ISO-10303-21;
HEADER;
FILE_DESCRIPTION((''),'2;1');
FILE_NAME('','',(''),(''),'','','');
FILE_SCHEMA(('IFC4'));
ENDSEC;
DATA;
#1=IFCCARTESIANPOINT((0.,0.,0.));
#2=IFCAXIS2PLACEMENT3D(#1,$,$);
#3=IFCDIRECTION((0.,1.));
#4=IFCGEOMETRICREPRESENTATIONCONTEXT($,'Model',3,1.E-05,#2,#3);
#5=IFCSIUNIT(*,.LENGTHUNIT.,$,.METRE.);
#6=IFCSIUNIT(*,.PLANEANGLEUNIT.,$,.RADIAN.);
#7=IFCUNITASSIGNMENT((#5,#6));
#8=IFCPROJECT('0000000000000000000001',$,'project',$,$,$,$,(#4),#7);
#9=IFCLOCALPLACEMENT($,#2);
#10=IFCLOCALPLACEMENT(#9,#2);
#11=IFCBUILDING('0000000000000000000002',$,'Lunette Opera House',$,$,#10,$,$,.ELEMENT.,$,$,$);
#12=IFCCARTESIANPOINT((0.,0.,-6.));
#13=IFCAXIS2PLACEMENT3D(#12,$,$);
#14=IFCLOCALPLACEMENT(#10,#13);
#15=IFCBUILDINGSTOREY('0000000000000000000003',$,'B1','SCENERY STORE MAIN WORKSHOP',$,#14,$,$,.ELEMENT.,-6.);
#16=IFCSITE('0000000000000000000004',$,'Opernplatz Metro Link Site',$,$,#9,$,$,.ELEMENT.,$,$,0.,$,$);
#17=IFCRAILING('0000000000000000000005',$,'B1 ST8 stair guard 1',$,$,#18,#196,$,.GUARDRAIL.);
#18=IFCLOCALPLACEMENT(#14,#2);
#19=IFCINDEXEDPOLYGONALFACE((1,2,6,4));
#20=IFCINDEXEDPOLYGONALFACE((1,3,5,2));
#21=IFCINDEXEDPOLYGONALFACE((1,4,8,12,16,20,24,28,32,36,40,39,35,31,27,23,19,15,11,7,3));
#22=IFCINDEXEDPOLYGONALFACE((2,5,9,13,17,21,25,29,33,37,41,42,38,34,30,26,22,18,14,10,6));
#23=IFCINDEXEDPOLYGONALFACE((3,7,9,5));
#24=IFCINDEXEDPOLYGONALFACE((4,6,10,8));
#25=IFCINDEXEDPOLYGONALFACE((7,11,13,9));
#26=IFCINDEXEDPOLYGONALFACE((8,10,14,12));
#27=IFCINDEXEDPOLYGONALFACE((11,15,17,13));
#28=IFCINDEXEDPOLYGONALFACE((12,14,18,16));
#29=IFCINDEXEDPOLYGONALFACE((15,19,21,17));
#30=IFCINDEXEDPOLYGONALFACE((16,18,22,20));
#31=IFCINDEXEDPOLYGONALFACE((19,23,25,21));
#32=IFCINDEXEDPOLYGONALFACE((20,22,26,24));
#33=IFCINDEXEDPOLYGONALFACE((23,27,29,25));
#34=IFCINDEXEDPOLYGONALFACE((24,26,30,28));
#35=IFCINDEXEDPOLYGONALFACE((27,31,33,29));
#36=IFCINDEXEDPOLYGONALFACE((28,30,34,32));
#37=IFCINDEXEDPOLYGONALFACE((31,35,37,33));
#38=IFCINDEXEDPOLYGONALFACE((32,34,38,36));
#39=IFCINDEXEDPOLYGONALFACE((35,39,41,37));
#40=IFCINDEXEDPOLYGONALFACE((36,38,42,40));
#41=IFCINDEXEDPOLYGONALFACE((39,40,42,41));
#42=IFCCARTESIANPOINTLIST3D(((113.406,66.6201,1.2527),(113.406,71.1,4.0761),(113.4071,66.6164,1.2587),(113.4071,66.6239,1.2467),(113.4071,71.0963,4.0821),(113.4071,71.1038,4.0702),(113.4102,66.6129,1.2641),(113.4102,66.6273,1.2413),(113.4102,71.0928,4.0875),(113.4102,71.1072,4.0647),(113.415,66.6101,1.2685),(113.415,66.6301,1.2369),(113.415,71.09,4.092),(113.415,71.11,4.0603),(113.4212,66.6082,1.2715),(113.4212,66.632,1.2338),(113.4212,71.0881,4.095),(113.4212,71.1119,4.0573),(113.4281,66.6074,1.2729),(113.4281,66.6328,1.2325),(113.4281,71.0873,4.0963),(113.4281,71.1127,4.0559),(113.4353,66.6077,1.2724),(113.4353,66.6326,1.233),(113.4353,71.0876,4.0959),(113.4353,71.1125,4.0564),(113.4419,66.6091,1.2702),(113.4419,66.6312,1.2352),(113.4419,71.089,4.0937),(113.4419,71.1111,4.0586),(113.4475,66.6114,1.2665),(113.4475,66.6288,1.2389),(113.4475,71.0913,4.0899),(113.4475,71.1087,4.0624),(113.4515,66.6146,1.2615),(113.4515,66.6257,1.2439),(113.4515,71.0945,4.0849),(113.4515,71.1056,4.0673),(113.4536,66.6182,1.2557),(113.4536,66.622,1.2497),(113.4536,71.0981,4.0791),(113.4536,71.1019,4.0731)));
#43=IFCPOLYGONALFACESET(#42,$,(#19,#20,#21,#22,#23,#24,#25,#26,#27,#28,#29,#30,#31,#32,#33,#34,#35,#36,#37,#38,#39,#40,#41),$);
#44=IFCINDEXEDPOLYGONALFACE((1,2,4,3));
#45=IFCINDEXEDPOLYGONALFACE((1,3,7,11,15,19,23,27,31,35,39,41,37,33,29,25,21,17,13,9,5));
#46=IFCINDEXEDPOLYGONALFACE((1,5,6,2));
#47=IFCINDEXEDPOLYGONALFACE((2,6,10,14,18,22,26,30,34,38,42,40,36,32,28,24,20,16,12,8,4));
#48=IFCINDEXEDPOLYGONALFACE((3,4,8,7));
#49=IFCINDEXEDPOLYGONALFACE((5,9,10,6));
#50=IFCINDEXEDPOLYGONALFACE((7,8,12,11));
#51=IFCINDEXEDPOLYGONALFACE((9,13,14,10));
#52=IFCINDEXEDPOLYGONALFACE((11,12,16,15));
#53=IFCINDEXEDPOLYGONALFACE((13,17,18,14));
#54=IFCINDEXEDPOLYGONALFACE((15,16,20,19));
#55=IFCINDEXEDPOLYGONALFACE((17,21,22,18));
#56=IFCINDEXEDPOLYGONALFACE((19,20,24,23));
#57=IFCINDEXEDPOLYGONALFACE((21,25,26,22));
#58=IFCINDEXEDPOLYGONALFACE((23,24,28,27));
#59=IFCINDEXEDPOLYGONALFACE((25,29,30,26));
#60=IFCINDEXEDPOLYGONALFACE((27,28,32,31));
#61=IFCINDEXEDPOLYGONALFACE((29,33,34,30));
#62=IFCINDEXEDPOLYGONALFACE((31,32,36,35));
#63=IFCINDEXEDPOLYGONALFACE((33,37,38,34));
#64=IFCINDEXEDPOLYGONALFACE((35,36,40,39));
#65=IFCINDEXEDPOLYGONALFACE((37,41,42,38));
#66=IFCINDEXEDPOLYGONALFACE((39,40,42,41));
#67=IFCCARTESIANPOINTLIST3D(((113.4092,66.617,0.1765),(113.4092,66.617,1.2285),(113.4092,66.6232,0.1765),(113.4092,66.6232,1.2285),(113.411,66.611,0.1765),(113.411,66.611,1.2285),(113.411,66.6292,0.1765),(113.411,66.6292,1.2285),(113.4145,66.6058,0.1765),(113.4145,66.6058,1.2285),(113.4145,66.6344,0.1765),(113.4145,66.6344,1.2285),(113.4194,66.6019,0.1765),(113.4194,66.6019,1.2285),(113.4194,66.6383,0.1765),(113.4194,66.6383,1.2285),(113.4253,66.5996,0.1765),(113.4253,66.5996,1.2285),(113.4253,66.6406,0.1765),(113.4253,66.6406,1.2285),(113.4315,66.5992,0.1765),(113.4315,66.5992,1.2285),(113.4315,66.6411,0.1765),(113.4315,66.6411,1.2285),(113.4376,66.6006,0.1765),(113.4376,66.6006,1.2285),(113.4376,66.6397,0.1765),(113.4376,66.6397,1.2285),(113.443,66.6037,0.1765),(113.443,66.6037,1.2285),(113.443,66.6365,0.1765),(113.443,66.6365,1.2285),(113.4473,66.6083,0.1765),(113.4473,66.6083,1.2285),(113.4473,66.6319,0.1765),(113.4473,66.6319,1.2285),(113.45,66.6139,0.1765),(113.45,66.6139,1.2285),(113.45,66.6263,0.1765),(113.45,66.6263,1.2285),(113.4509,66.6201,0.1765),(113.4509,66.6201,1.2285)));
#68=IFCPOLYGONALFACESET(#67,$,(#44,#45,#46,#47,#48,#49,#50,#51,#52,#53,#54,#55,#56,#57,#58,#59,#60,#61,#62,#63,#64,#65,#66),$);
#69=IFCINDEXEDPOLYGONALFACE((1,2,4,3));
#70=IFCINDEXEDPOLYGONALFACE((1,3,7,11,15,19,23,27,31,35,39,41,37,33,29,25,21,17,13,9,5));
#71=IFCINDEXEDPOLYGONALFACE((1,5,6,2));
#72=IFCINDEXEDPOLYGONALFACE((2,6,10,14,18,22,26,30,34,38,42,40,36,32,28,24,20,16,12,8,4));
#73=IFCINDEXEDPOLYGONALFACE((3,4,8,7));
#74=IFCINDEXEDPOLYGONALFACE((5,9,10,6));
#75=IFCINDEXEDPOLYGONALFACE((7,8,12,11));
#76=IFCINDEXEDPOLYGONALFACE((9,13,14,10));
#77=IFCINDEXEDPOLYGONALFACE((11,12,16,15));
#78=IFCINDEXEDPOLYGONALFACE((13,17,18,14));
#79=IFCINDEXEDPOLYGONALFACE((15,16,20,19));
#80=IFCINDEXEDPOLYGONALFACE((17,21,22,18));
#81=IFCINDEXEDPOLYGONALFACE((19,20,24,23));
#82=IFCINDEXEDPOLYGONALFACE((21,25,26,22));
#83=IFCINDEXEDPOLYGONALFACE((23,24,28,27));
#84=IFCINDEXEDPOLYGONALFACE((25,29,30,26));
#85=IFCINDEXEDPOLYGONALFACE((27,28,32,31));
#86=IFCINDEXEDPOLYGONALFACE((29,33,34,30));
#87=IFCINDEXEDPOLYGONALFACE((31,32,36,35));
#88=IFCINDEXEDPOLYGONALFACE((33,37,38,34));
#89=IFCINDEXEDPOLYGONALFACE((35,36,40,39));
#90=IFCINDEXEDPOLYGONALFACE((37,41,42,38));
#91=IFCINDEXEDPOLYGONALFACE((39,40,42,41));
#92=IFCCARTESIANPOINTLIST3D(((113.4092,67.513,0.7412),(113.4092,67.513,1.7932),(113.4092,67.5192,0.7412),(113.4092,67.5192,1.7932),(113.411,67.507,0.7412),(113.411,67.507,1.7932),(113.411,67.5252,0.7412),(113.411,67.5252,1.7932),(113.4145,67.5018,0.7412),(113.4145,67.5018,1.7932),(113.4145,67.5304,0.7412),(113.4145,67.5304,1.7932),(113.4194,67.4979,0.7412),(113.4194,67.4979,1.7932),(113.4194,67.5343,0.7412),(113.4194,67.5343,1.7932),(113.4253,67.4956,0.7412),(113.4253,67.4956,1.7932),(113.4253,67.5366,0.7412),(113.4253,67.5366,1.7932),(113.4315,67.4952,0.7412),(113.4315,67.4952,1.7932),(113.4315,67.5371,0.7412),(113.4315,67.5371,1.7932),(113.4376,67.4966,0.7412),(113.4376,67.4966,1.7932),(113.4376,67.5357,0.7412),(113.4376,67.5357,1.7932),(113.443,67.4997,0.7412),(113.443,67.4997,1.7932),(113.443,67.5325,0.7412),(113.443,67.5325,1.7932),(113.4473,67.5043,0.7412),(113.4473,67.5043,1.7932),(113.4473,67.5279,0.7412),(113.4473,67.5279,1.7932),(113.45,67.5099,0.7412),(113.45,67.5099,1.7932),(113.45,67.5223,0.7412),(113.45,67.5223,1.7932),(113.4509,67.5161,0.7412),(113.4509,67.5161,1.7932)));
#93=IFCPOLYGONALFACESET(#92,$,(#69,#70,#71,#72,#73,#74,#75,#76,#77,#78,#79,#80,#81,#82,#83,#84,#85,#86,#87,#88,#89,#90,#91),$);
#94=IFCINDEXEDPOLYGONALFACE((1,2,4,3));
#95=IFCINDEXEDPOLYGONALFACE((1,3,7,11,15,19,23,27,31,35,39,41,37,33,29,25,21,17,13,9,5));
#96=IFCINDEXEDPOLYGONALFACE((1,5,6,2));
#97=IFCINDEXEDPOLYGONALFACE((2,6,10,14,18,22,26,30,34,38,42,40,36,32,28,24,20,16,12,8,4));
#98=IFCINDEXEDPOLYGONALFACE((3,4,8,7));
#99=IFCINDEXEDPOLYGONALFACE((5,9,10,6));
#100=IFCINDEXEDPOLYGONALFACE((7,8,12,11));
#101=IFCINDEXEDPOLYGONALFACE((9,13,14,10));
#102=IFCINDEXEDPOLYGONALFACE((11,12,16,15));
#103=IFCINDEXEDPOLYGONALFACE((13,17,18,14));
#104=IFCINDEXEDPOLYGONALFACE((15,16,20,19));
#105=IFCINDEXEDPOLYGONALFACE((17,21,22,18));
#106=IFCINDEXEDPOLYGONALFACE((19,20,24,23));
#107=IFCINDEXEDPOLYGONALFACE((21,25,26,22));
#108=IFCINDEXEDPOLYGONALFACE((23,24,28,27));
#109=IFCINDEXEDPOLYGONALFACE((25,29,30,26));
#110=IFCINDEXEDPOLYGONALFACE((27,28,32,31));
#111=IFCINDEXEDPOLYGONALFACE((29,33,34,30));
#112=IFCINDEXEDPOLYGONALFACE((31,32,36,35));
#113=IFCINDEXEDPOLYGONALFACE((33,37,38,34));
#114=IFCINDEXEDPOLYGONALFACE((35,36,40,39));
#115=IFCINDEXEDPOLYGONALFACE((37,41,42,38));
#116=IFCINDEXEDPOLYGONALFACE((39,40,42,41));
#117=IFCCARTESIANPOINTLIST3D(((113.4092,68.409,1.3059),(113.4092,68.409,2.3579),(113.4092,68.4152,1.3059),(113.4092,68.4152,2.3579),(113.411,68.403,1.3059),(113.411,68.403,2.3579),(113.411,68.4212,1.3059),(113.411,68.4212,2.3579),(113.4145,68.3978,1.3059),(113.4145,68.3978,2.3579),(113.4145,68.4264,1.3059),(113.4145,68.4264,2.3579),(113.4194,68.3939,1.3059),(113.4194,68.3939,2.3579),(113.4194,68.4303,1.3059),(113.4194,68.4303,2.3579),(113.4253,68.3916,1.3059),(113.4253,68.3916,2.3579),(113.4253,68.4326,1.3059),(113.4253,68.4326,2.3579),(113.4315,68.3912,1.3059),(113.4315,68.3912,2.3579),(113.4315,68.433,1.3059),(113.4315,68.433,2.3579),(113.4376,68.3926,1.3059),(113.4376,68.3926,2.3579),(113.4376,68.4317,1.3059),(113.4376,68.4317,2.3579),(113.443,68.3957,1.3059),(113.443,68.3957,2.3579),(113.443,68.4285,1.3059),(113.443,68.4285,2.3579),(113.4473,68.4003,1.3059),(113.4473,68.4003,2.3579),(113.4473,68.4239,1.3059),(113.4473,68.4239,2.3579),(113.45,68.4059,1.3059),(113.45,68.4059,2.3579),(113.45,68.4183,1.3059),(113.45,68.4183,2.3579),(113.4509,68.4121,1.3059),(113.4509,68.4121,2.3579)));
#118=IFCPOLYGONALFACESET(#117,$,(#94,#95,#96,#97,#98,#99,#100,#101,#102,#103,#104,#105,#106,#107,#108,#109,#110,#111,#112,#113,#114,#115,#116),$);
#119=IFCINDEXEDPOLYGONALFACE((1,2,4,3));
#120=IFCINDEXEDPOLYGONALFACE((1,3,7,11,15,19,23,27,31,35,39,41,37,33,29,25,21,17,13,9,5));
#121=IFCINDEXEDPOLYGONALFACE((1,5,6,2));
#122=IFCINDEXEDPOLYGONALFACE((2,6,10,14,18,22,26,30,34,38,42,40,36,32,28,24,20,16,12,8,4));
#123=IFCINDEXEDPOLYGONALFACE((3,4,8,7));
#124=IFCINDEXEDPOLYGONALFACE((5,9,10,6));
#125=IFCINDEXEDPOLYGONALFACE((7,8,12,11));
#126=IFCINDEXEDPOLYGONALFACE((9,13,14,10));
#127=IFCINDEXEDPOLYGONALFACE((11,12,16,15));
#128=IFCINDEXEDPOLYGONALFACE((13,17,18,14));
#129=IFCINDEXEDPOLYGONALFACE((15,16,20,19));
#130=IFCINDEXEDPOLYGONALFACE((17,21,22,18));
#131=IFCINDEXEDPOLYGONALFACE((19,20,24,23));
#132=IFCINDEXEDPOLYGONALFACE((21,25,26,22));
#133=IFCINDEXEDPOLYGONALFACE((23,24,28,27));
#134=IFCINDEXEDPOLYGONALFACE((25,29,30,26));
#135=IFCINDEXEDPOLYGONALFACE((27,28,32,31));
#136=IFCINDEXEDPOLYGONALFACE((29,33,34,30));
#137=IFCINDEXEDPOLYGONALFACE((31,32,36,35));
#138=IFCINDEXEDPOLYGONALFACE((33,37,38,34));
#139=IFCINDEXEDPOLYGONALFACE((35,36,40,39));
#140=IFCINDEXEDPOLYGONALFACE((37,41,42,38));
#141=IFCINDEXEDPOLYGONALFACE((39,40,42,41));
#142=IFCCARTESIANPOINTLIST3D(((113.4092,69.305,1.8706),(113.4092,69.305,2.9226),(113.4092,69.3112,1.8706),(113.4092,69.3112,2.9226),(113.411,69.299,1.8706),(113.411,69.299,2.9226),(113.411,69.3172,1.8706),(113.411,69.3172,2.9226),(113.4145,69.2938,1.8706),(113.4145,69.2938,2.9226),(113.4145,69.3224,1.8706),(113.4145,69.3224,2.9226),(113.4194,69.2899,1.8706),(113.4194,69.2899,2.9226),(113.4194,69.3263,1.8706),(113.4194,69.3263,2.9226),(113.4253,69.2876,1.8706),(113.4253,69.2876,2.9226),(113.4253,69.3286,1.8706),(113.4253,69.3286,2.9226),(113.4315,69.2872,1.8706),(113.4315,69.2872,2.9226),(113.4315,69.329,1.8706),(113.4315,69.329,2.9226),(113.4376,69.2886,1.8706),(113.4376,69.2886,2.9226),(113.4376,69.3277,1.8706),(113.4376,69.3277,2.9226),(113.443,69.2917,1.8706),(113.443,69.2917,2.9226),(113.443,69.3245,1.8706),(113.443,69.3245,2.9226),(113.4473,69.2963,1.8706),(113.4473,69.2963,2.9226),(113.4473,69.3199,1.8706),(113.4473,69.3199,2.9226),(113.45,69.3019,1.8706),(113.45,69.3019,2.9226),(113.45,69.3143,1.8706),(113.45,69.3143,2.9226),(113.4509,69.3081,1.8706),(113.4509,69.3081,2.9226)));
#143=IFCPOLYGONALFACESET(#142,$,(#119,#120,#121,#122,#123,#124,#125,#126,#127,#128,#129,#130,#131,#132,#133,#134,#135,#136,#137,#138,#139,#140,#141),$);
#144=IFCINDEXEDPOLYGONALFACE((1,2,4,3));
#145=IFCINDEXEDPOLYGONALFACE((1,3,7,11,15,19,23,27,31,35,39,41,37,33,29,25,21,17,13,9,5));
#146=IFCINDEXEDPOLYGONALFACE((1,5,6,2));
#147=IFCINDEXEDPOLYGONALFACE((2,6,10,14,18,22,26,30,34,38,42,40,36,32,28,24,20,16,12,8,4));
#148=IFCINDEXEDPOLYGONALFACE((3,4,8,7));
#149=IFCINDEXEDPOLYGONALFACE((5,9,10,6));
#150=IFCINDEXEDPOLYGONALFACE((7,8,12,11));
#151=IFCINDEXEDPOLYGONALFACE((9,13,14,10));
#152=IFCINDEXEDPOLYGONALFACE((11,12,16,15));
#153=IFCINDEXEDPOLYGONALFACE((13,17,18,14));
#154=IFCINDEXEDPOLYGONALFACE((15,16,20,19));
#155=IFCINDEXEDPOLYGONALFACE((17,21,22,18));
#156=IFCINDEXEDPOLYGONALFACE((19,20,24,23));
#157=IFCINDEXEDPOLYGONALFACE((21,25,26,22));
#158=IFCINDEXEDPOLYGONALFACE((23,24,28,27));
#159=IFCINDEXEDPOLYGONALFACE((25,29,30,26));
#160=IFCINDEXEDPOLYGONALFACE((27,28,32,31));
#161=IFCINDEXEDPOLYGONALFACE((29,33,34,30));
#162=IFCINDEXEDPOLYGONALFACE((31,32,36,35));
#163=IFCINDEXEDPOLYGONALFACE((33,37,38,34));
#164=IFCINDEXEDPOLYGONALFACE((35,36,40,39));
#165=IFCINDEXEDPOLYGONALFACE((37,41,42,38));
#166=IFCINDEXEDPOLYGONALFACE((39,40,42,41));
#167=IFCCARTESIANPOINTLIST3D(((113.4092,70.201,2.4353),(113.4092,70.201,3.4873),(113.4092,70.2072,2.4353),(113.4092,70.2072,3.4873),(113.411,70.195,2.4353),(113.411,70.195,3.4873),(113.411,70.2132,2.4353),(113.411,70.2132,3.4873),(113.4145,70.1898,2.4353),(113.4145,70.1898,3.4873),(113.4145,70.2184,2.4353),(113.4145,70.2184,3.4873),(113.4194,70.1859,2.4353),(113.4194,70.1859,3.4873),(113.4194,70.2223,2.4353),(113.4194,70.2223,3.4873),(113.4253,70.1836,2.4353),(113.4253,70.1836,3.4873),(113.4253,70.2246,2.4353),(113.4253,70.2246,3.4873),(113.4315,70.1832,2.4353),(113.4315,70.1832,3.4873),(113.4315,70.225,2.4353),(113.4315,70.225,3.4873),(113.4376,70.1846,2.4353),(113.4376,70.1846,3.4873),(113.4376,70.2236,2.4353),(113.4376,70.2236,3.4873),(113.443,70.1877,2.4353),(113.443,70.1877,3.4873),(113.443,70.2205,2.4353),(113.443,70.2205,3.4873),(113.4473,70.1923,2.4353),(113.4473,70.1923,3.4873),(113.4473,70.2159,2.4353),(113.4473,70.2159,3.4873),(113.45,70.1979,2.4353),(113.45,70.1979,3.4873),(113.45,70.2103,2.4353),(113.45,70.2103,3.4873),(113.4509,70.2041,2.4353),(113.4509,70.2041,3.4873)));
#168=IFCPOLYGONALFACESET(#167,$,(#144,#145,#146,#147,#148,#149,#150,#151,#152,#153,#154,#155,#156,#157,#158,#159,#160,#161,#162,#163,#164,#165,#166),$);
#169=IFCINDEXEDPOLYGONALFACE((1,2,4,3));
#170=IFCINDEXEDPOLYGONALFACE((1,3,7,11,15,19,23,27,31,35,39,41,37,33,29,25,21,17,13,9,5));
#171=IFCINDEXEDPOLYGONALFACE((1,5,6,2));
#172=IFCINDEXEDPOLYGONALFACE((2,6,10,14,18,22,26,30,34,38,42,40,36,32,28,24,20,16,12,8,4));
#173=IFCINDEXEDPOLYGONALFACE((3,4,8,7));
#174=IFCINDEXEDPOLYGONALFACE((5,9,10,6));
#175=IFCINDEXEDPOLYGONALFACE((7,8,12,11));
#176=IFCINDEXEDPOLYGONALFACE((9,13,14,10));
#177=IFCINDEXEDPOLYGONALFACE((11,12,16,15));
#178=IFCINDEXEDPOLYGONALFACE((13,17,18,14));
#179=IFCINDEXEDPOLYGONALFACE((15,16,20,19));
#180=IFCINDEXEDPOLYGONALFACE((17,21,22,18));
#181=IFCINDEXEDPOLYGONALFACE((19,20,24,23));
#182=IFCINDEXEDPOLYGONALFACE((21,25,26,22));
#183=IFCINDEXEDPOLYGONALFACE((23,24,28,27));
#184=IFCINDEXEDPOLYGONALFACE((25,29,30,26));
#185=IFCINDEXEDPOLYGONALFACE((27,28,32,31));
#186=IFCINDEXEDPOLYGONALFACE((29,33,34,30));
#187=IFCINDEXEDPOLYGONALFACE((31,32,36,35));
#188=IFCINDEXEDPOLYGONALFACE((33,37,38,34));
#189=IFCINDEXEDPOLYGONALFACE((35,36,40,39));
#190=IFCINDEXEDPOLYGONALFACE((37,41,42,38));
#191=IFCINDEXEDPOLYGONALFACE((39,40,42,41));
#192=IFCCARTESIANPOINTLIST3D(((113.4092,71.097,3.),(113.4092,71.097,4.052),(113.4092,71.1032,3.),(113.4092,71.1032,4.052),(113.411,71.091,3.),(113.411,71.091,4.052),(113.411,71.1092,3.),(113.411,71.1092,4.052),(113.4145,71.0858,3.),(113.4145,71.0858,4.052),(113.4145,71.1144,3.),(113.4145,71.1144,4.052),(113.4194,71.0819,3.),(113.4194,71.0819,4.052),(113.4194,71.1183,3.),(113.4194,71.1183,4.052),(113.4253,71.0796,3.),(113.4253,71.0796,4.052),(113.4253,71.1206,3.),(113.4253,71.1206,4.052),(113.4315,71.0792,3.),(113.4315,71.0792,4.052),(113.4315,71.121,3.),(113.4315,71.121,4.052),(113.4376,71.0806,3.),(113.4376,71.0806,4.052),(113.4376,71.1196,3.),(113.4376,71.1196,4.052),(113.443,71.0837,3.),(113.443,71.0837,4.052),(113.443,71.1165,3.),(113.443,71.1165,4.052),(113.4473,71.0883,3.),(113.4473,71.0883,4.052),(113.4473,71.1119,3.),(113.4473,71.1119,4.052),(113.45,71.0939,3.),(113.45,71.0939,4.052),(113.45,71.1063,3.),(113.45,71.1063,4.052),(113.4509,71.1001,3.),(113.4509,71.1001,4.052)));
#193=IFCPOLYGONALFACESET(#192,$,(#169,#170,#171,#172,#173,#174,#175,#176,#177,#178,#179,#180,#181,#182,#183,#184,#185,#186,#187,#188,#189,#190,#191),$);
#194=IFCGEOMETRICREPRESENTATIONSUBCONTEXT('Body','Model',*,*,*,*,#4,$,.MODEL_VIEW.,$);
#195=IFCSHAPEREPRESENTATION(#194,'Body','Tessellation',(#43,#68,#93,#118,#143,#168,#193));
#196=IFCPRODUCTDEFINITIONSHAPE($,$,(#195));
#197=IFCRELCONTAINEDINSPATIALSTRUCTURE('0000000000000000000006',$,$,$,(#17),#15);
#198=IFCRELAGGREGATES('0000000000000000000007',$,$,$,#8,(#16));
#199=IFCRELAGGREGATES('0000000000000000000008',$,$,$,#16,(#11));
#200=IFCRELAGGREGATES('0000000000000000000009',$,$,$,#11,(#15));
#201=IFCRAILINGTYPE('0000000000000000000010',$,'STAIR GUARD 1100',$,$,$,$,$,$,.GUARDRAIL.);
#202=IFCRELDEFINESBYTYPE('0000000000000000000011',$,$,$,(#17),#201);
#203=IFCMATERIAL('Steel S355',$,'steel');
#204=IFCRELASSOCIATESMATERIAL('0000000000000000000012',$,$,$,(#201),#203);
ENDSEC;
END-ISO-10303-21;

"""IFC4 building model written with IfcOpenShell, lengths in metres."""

from ifc_helpers import new_model, si_unit, direction, frame, origin, origin_2d, place, context, subcontext, project, spatial, circle, extrude, material, type_object, element, save


model = new_model("IFC4")

# Units and contexts
model_context = context("Model", 3, precision=1e-05, world=origin(), true_north=direction((0.0, 1.0)))
body_context = subcontext(model_context, "Body", "Model", "MODEL_VIEW")
ifc_project = project(units=[si_unit("LENGTHUNIT", "METRE"), si_unit("PLANEANGLEUNIT", "RADIAN")], contexts=[model_context])

# Site, building, storey
site_placement = place(None, origin())
site = spatial("IfcSite", under=ifc_project, at=site_placement, Name="Opernplatz Metro Link Site", CompositionType="ELEMENT", RefElevation=0.0)
building_placement = place(site_placement, origin())
building = spatial("IfcBuilding", under=site, at=building_placement, Name="Lunette Opera House", CompositionType="ELEMENT")
storey_placement = place(building_placement, frame((0.0, 0.0, -6.0)))
storey = spatial("IfcBuildingStorey", under=building, at=storey_placement, Name="B1", Description="SCENERY STORE MAIN WORKSHOP", CompositionType="ELEMENT", Elevation=-6.0)

# Railing
ifc_material_1 = material(Name="Steel S355", Category="steel")
railing_type_1 = type_object("IfcRailingType", Name="STAIR GUARD 1100", PredefinedType="GUARDRAIL", material=ifc_material_1)
railing_1_placement = place(storey_placement, frame((113.4299, 66.6201, 0.1765)))
element("IfcRailing", 1, at=railing_1_placement, inside=storey, type_object=railing_type_1, Name="B1 ST8 stair guard 1", PredefinedType="GUARDRAIL", context=body_context, shape_type="SweptSolid", body=[
    extrude(circle(Radius=0.0239, at=origin_2d()), frame((0.0, 0.0, 1.0762), z_axis=(0.0, 0.845998, 0.533186), x_axis=(-1.0, 0.0, 0.0)), (0.0, 0.0, 1.0), 5.2954),
    extrude(circle(Radius=0.021, at=origin_2d()), origin(), (0.0, 0.0, 1.0), 1.052),
    extrude(circle(Radius=0.021, at=origin_2d()), frame((0.0, 0.896, 0.5647)), (0.0, 0.0, 1.0), 1.052),
    extrude(circle(Radius=0.021, at=origin_2d()), frame((0.0, 1.792, 1.1294)), (0.0, 0.0, 1.0), 1.052),
    extrude(circle(Radius=0.021, at=origin_2d()), frame((0.0, 2.688, 1.6941)), (0.0, 0.0, 1.0), 1.052),
    extrude(circle(Radius=0.021, at=origin_2d()), frame((0.0, 3.584, 2.2588)), (0.0, 0.0, 1.0), 1.052),
    extrude(circle(Radius=0.021, at=origin_2d()), frame((0.0, 4.48, 2.8235)), (0.0, 0.0, 1.0), 1.052),
])

save(model, "model.ifc")
